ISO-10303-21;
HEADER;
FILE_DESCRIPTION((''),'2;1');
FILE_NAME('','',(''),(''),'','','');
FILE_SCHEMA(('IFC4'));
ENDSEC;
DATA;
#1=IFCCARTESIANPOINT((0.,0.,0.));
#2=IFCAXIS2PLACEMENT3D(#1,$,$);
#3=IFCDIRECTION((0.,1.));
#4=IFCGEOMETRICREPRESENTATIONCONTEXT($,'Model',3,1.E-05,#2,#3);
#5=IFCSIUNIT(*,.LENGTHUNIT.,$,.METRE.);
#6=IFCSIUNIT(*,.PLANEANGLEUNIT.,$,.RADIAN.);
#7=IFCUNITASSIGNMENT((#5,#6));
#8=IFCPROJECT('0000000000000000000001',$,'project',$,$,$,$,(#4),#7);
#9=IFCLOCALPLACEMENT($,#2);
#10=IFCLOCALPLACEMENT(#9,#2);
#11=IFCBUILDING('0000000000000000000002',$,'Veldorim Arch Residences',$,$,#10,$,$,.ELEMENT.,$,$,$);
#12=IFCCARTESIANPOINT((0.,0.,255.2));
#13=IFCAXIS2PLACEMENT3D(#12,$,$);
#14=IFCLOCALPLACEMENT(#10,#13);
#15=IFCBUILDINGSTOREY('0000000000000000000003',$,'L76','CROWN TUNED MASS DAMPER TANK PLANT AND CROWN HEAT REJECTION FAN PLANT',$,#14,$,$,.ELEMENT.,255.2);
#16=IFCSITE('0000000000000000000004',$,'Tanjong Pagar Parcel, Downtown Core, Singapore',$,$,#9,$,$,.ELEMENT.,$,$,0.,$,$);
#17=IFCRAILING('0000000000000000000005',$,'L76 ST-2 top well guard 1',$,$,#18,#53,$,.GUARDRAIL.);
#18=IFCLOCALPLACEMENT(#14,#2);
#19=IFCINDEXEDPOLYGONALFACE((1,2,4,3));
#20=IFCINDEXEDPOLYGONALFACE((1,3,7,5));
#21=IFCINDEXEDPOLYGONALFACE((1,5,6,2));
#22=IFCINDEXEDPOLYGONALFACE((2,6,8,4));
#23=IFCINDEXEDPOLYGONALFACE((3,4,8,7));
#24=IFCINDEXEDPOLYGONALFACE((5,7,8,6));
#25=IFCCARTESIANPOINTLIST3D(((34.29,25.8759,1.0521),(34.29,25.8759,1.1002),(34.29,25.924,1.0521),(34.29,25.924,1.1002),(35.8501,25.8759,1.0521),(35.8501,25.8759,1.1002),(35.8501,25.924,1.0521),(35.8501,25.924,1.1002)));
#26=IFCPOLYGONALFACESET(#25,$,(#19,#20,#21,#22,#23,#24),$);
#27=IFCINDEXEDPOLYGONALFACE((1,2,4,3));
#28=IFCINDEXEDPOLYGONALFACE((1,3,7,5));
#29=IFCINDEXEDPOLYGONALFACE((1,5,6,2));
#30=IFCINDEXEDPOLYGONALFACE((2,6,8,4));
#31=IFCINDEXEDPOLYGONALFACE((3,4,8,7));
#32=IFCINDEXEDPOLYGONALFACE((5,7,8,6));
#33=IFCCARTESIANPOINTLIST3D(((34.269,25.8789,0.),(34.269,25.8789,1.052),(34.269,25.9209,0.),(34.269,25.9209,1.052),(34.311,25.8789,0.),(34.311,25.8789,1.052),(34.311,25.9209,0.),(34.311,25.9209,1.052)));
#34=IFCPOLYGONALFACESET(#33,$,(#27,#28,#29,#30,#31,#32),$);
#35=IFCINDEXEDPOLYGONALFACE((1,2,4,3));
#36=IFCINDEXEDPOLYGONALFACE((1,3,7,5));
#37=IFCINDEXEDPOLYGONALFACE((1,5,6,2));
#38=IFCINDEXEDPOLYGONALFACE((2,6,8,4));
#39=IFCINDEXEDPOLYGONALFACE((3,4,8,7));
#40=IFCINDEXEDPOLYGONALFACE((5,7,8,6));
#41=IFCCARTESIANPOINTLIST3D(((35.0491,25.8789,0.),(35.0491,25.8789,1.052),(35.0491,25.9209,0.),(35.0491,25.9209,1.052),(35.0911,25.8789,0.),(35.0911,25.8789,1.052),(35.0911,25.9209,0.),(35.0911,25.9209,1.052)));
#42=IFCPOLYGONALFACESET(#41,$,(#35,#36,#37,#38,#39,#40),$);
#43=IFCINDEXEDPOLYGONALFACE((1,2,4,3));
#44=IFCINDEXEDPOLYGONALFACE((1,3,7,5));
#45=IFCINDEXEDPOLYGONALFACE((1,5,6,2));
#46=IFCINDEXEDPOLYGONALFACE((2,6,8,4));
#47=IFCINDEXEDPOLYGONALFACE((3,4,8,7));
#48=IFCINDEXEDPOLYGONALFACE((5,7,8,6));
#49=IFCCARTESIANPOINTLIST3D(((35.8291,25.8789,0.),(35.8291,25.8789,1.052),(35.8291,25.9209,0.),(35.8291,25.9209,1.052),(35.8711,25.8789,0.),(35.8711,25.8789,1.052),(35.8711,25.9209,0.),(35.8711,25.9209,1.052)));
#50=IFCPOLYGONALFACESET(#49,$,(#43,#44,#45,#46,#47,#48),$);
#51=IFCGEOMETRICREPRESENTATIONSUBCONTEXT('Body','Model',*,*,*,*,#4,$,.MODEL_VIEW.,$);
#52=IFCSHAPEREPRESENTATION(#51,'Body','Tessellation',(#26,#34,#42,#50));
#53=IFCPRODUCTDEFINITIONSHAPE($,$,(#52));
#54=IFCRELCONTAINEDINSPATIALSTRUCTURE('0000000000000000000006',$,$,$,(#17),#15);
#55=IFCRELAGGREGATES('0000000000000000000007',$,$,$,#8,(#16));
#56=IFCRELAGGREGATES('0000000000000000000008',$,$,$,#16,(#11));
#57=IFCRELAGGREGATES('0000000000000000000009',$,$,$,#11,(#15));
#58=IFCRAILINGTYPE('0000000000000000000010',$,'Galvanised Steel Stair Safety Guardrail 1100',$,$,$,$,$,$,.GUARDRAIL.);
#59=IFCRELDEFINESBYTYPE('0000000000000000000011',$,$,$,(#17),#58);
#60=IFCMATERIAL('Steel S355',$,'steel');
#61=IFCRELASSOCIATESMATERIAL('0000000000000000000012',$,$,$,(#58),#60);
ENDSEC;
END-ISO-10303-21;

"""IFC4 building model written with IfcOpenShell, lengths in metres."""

from ifc_helpers import new_model, si_unit, direction, frame, origin, origin_2d, place, context, subcontext, project, spatial, rectangle, extrude, material, type_object, element, save


model = new_model("IFC4")

# Units and contexts
model_context = context("Model", 3, precision=1e-05, world=origin(), true_north=direction((0.0, 1.0)))
body_context = subcontext(model_context, "Body", "Model", "MODEL_VIEW")
ifc_project = project(units=[si_unit("LENGTHUNIT", "METRE"), si_unit("PLANEANGLEUNIT", "RADIAN")], contexts=[model_context])

# Site, building, storey
site_placement = place(None, origin())
site = spatial("IfcSite", under=ifc_project, at=site_placement, Name="Tanjong Pagar Parcel, Downtown Core, Singapore", CompositionType="ELEMENT", RefElevation=0.0)
building_placement = place(site_placement, origin())
building = spatial("IfcBuilding", under=site, at=building_placement, Name="Veldorim Arch Residences", CompositionType="ELEMENT")
storey_placement = place(building_placement, frame((0.0, 0.0, 255.2)))
storey = spatial("IfcBuildingStorey", under=building, at=storey_placement, Name="L76", Description="CROWN TUNED MASS DAMPER TANK PLANT AND CROWN HEAT REJECTION FAN PLANT", CompositionType="ELEMENT", Elevation=255.2)

# Railing
ifc_material_1 = material(Name="Steel S355", Category="steel")
railing_type_1 = type_object("IfcRailingType", Name="Galvanised Steel Stair Safety Guardrail 1100", PredefinedType="GUARDRAIL", material=ifc_material_1)
railing_1_placement = place(storey_placement, frame((34.29, 25.8999, 0.0)))
element("IfcRailing", 1, at=railing_1_placement, inside=storey, type_object=railing_type_1, Name="L76 ST-2 top well guard 1", PredefinedType="GUARDRAIL", context=body_context, shape_type="SweptSolid", body=[
    extrude(rectangle(XDim=0.0481, YDim=0.0481, at=origin_2d()), frame((0.0, 0.0, 1.0762), z_axis=(1.0, 0.0, 0.0), x_axis=(0.0, 1.0, 0.0)), (0.0, 0.0, 1.0), 1.5601),
    extrude(rectangle(XDim=0.042, YDim=0.042, at=origin_2d()), origin(), (0.0, 0.0, 1.0), 1.052),
    extrude(rectangle(XDim=0.042, YDim=0.042, at=origin_2d()), frame((0.78, 0.0, 0.0)), (0.0, 0.0, 1.0), 1.052),
    extrude(rectangle(XDim=0.042, YDim=0.042, at=origin_2d()), frame((1.5601, 0.0, 0.0)), (0.0, 0.0, 1.0), 1.052),
])

save(model, "model.ifc")
